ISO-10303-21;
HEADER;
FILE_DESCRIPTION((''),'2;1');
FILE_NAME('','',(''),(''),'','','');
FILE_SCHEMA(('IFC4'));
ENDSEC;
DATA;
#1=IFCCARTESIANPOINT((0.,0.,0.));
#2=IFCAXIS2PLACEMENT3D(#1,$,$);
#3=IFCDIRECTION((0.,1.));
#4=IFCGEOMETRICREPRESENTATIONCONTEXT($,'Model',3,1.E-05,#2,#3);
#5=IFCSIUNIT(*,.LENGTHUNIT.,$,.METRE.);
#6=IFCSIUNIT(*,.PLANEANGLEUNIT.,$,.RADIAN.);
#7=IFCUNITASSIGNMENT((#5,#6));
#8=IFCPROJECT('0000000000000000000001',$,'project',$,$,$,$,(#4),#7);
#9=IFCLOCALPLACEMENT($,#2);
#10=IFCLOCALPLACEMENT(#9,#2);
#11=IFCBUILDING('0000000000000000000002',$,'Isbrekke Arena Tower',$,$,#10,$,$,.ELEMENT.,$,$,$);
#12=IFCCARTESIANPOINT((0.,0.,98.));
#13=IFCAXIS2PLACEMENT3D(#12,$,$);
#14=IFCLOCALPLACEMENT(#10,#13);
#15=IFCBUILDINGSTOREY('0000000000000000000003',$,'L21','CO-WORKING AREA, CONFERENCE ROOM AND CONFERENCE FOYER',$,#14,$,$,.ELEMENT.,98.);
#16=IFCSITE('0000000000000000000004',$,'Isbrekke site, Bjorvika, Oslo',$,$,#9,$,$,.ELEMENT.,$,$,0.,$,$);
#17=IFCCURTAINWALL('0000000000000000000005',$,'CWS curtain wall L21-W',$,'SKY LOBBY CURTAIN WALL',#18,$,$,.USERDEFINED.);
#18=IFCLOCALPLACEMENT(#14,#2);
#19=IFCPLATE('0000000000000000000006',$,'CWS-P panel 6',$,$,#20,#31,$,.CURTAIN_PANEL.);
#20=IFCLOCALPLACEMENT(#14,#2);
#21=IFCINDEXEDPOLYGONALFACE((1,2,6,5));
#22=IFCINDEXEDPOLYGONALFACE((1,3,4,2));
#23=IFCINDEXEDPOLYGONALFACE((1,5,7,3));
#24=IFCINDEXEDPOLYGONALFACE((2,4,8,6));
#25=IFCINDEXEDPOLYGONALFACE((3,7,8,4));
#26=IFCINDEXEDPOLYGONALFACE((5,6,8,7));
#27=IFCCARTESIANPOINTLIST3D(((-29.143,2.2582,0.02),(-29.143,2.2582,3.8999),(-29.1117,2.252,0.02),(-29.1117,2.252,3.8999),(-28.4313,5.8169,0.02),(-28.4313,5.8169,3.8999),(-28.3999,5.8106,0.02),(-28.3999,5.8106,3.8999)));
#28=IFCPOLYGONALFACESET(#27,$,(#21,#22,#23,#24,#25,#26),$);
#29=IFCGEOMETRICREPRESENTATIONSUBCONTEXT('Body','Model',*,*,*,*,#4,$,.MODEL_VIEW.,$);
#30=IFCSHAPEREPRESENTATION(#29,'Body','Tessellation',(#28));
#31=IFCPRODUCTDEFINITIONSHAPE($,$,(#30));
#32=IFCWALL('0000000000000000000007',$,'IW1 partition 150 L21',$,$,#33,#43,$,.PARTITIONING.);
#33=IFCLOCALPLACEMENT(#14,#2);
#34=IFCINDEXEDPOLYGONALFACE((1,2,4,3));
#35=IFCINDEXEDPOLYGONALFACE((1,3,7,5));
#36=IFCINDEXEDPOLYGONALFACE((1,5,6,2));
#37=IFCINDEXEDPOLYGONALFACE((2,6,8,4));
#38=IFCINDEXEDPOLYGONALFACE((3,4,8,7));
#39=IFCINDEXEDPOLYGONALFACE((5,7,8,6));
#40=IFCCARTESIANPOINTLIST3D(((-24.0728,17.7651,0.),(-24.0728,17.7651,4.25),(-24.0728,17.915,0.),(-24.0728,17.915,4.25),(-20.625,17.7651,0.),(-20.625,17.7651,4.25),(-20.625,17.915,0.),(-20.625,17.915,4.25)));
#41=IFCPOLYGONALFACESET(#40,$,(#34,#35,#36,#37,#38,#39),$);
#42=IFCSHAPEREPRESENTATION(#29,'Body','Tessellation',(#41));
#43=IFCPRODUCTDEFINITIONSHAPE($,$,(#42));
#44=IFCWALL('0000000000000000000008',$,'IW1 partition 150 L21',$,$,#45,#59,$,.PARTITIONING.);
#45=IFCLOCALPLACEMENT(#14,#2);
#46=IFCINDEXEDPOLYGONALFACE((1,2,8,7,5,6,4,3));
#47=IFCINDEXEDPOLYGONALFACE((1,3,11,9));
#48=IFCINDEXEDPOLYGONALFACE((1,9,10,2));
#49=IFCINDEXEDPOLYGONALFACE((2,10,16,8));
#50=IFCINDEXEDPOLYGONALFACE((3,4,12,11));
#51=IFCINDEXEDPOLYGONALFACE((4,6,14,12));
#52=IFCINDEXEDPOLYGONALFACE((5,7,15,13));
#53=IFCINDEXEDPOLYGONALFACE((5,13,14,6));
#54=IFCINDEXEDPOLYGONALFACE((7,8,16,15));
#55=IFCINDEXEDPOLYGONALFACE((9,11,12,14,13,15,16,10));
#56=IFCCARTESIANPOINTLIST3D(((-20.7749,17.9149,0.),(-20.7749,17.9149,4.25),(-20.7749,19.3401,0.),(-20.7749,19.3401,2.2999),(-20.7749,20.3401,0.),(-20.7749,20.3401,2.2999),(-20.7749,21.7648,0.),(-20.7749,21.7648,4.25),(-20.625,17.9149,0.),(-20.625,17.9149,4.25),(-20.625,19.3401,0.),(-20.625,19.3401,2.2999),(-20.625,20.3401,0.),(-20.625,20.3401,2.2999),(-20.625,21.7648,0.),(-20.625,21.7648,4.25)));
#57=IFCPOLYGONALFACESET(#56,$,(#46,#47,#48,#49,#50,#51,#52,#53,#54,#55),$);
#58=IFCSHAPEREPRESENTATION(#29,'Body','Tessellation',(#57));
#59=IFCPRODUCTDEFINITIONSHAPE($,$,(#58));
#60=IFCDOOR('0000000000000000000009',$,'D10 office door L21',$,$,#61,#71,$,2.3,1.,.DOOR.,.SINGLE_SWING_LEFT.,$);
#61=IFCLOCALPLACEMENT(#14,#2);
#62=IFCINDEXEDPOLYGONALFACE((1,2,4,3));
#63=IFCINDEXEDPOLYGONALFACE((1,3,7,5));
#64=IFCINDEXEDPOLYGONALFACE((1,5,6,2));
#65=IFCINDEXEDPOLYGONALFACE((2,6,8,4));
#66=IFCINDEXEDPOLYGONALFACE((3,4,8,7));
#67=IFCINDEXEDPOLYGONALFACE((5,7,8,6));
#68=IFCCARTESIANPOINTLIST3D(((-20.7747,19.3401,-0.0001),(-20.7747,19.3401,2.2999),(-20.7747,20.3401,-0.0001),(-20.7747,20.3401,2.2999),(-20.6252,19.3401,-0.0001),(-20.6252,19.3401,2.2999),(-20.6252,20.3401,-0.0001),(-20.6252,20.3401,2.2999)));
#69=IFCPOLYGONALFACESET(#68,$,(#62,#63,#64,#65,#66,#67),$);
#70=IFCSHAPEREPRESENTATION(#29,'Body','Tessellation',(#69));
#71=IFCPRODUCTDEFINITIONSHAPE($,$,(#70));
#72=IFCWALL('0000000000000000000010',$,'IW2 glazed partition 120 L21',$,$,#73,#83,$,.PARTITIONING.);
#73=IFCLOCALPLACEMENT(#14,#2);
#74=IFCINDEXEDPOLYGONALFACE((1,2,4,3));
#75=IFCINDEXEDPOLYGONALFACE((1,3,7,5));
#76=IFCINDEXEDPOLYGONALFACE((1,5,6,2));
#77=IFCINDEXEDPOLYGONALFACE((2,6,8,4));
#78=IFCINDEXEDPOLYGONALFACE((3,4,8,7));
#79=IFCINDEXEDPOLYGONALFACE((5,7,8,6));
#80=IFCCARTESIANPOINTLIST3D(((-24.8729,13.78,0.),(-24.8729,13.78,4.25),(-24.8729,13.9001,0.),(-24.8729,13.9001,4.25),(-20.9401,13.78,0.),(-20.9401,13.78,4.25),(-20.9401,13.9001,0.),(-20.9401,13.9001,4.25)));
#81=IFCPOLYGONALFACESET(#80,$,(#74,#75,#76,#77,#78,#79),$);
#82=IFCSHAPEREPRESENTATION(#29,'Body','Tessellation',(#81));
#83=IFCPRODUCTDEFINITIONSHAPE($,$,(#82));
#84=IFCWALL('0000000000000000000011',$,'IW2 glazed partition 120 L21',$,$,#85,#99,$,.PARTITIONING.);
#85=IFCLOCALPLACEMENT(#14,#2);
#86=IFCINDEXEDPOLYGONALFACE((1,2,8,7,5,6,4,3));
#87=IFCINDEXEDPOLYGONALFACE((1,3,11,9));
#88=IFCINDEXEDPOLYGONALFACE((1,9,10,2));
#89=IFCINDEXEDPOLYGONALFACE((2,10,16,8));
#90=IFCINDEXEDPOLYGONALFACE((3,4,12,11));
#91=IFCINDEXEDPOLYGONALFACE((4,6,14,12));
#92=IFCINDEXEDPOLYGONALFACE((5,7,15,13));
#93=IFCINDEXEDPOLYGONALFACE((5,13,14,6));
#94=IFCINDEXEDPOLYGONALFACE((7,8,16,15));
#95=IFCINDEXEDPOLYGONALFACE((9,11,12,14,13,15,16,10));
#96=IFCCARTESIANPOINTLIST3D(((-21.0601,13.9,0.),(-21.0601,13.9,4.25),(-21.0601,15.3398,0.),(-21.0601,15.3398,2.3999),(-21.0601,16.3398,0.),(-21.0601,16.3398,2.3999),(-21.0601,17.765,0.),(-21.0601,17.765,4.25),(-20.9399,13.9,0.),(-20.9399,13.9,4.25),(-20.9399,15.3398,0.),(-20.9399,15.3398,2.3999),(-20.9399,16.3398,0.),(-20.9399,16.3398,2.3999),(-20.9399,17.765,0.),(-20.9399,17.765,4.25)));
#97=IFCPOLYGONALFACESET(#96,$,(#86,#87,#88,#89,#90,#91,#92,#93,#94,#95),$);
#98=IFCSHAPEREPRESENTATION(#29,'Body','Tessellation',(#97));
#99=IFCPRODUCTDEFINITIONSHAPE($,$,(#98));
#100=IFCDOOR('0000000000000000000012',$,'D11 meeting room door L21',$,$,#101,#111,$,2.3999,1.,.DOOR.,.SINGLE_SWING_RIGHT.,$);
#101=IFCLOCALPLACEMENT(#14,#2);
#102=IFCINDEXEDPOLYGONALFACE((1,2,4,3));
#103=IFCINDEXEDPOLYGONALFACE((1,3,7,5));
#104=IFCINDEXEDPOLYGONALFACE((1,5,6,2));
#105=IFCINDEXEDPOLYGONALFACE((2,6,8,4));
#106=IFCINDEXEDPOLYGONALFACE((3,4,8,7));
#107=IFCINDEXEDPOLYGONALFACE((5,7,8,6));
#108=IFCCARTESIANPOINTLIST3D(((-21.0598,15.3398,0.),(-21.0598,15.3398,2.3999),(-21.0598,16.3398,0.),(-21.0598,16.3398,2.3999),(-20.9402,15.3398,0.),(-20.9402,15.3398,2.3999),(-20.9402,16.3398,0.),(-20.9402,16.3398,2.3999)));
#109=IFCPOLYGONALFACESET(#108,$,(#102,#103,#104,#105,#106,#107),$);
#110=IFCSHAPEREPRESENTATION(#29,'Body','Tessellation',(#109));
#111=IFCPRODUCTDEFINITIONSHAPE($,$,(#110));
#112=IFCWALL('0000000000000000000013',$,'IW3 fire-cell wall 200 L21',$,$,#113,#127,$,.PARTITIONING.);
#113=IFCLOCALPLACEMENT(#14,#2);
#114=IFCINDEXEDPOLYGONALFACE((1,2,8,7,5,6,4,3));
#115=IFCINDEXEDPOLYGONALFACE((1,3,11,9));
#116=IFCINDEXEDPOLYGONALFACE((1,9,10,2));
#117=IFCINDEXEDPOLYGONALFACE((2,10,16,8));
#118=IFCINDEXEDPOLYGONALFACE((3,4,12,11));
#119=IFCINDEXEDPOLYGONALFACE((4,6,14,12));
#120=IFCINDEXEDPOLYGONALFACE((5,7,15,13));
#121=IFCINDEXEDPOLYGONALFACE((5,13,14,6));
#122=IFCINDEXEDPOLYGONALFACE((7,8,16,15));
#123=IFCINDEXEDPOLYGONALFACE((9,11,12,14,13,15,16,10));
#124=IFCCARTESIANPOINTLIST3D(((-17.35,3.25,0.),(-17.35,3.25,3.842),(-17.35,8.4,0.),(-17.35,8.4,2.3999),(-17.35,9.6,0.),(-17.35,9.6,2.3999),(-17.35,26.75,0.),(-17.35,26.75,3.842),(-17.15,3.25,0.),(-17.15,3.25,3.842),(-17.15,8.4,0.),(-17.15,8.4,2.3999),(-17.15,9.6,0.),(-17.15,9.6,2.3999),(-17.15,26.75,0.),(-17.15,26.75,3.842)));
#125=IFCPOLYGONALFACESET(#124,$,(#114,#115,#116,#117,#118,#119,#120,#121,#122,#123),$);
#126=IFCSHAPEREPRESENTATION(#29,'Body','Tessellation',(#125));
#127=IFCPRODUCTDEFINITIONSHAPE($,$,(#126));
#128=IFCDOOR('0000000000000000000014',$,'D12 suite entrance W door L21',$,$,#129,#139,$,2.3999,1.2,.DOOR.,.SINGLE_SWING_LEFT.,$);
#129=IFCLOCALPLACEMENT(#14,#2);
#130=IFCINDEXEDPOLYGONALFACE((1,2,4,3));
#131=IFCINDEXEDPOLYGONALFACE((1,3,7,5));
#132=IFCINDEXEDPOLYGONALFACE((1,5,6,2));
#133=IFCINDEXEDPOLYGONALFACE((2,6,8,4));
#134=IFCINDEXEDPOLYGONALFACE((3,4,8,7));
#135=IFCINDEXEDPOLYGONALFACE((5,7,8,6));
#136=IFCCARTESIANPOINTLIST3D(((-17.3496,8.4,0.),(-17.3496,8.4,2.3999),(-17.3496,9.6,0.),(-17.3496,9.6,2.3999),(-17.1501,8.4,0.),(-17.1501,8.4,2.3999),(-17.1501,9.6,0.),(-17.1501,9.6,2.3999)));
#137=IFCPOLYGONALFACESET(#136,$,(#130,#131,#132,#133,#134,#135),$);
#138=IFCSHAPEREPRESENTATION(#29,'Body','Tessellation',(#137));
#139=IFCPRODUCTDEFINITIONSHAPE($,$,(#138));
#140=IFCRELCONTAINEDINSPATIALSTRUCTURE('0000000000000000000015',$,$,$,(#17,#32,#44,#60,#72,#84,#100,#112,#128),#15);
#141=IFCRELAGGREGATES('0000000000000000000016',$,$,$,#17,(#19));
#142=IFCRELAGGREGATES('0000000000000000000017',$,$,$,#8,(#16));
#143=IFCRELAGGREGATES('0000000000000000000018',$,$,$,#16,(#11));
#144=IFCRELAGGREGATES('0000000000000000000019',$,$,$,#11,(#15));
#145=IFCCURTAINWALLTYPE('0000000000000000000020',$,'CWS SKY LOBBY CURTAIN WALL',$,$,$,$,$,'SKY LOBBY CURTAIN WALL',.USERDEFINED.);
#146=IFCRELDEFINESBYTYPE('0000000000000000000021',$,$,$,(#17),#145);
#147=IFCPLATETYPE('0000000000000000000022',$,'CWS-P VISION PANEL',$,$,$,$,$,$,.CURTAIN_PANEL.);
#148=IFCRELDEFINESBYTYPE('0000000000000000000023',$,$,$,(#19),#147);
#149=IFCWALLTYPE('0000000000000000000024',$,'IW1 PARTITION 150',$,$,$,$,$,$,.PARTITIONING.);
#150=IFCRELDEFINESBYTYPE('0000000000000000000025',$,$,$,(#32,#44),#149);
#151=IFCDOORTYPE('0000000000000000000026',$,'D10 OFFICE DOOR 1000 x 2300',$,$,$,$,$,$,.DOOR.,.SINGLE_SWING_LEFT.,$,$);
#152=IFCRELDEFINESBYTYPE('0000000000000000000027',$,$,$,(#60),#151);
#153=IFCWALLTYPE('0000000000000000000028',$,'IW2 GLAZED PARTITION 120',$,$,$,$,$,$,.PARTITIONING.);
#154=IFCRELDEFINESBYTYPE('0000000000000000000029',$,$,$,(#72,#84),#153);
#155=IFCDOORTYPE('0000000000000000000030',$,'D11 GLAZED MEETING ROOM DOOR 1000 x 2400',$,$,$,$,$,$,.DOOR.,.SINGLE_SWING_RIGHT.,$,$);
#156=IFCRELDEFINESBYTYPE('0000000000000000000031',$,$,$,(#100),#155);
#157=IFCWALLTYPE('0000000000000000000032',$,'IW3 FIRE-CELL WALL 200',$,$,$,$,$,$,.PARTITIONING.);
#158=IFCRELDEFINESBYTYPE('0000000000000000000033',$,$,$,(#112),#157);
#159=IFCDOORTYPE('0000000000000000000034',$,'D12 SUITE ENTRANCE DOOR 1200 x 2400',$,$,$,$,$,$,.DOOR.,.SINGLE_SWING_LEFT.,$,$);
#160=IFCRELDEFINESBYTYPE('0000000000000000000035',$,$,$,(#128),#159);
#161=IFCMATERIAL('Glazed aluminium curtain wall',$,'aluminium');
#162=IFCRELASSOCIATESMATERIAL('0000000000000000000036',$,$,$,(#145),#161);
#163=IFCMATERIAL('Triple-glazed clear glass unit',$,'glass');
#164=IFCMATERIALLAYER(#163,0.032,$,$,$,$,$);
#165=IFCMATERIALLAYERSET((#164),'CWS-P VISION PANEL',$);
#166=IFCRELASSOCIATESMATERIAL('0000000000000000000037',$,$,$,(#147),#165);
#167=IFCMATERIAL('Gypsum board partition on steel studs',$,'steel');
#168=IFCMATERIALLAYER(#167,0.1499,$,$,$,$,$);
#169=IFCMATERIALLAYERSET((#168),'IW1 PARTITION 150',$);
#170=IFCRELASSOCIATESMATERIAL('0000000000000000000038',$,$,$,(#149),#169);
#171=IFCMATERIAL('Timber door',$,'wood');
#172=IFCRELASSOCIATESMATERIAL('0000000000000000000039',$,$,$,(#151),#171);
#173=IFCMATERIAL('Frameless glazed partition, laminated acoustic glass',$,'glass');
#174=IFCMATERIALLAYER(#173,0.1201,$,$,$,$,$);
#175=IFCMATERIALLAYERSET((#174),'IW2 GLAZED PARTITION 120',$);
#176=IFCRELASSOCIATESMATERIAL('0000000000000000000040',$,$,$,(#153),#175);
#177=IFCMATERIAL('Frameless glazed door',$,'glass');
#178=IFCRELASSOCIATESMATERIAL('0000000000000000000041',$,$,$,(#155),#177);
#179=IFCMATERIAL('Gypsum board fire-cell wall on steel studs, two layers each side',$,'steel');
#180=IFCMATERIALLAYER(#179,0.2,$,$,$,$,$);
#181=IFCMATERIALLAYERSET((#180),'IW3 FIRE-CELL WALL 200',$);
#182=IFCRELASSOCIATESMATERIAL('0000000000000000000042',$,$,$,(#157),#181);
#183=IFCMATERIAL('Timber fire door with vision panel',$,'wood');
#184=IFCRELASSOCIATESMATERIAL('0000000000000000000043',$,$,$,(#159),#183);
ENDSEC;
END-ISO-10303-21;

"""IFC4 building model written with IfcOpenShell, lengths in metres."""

from ifc_helpers import new_model, si_unit, direction, frame, frame_2d, origin, origin_2d, place, context, subcontext, project, spatial, rectangle, extrude, material, layer, layer_set, type_object, element, fill, aggregate, save


model = new_model("IFC4")

# Units and contexts
model_context = context("Model", 3, precision=1e-05, world=origin(), true_north=direction((0.0, 1.0)))
body_context = subcontext(model_context, "Body", "Model", "MODEL_VIEW")
ifc_project = project(units=[si_unit("LENGTHUNIT", "METRE"), si_unit("PLANEANGLEUNIT", "RADIAN")], contexts=[model_context])

# Site, building, storey
site_placement = place(None, origin())
site = spatial("IfcSite", under=ifc_project, at=site_placement, Name="Isbrekke site, Bjorvika, Oslo", CompositionType="ELEMENT", RefElevation=0.0)
building_placement = place(site_placement, origin())
building = spatial("IfcBuilding", under=site, at=building_placement, Name="Isbrekke Arena Tower", CompositionType="ELEMENT")
storey_placement = place(building_placement, frame((0.0, 0.0, 98.0)))
storey = spatial("IfcBuildingStorey", under=building, at=storey_placement, Name="L21", Description="CO-WORKING AREA, CONFERENCE ROOM AND CONFERENCE FOYER", CompositionType="ELEMENT", Elevation=98.0)

# Curtain wall
ifc_material_1 = material(Name="Glazed aluminium curtain wall", Category="aluminium")
curtain_wall_type = type_object("IfcCurtainWallType", Name="CWS SKY LOBBY CURTAIN WALL", ElementType="SKY LOBBY CURTAIN WALL", PredefinedType="USERDEFINED", material=ifc_material_1)
curtain_wall_placement = place(storey_placement, origin())
curtain_wall = element("IfcCurtainWall", 1, at=curtain_wall_placement, inside=storey, type_object=curtain_wall_type, Name="CWS curtain wall L21-W", ObjectType="SKY LOBBY CURTAIN WALL", PredefinedType="USERDEFINED")

# Plate
ifc_material_2 = material(Name="Triple-glazed clear glass unit", Category="glass")
ifc_layer_1 = layer(ifc_material_2, 0.032)
ifc_layer_set_1 = layer_set([ifc_layer_1], Name="CWS-P VISION PANEL")
plate_type = type_object("IfcPlateType", Name="CWS-P VISION PANEL", PredefinedType="CURTAIN_PANEL", material=ifc_layer_set_1)
plate_1_placement = place(storey_placement, frame((-28.7715, 4.0344, 0.02), z_axis=(0.0, 0.0, 1.0), x_axis=(-0.196116, -0.980581, 0.0)))
plate_1 = element("IfcPlate", 2, at=plate_1_placement, type_object=plate_type, Name="CWS-P panel 6", PredefinedType="CURTAIN_PANEL", context=body_context, shape_type="SweptSolid", body=[
    extrude(rectangle(XDim=3.6292, YDim=0.032, at=origin_2d()), origin(), (0.0, 0.0, 1.0), 3.8799),
])
aggregate(curtain_wall, [plate_1])

# Wall
ifc_material_3 = material(Name="Gypsum board partition on steel studs", Category="steel")
ifc_layer_2 = layer(ifc_material_3, 0.1499)
ifc_layer_set_2 = layer_set([ifc_layer_2], Name="IW1 PARTITION 150")
wall_type_1 = type_object("IfcWallType", Name="IW1 PARTITION 150", PredefinedType="PARTITIONING", material=ifc_layer_set_2)
wall_1_placement = place(storey_placement, frame((-24.0728, 17.8401, 0.0), z_axis=(0.0, 0.0, 1.0), x_axis=(1.0, 0.0, 0.0)))
element("IfcWall", 3, at=wall_1_placement, inside=storey, type_object=wall_type_1, Name="IW1 partition 150 L21", PredefinedType="PARTITIONING", context=body_context, shape_type="SweptSolid", body=[
    extrude(rectangle(XDim=3.4478, YDim=0.1499, at=frame_2d((1.7239, 0.0))), origin(), (0.0, 0.0, 1.0), 4.25),
])

# Wall, opening, door
wall_2_placement = place(storey_placement, frame((-20.7, 17.915, 0.0), z_axis=(0.0, 0.0, 1.0), x_axis=(0.0, 1.0, 0.0)))
wall_2 = element("IfcWall", 4, at=wall_2_placement, inside=storey, type_object=wall_type_1, Name="IW1 partition 150 L21", PredefinedType="PARTITIONING", context=body_context, shape_type="SweptSolid", body=[
    extrude(rectangle(XDim=3.8499, YDim=0.1499, at=frame_2d((1.9248, 0.0))), origin(), (0.0, 0.0, 1.0), 4.25),
])
opening_1_placement = place(wall_2_placement, frame((1.425, 0.0, 0.0)))
opening_1 = element("IfcOpeningElement", 5, at=opening_1_placement, cuts=wall_2, PredefinedType="OPENING", context=body_context, shape_type="SweptSolid", body=[
    extrude(rectangle(XDim=1.0, YDim=2.3, at=frame_2d((0.5, 1.1499))), frame((0.0, 0.0898, 0.0), z_axis=(0.0, -1.0, 0.0), x_axis=(1.0, 0.0, 0.0)), (0.0, 0.0, 1.0), 0.1797),
])
ifc_material_4 = material(Name="Timber door", Category="wood")
door_type_1 = type_object("IfcDoorType", Name="D10 OFFICE DOOR 1000 x 2300", OperationType="SINGLE_SWING_LEFT", PredefinedType="DOOR", material=ifc_material_4)
door_1_placement = place(opening_1_placement, origin())
door_1 = element("IfcDoor", 6, at=door_1_placement, inside=storey, type_object=door_type_1, Name="D10 office door L21", OperationType="SINGLE_SWING_LEFT", OverallHeight=2.3, OverallWidth=1.0, PredefinedType="DOOR", context=body_context, shape_type="SweptSolid", body=[
    extrude(rectangle(XDim=1.0, YDim=2.3, at=frame_2d((0.5, 1.1499))), frame((0.0, 0.0747, 0.0), z_axis=(0.0, -1.0, 0.0), x_axis=(1.0, 0.0, 0.0)), (0.0, 0.0, 1.0), 0.1494),
])
fill(opening_1, door_1)

# Wall
ifc_material_5 = material(Name="Frameless glazed partition, laminated acoustic glass", Category="glass")
ifc_layer_3 = layer(ifc_material_5, 0.1201)
ifc_layer_set_3 = layer_set([ifc_layer_3], Name="IW2 GLAZED PARTITION 120")
wall_type_2 = type_object("IfcWallType", Name="IW2 GLAZED PARTITION 120", PredefinedType="PARTITIONING", material=ifc_layer_set_3)
wall_3_placement = place(storey_placement, frame((-24.8728, 13.8401, 0.0), z_axis=(0.0, 0.0, 1.0), x_axis=(1.0, 0.0, 0.0)))
element("IfcWall", 7, at=wall_3_placement, inside=storey, type_object=wall_type_2, Name="IW2 glazed partition 120 L21", PredefinedType="PARTITIONING", context=body_context, shape_type="SweptSolid", body=[
    extrude(rectangle(XDim=3.9329, YDim=0.1201, at=frame_2d((1.9663, 0.0))), origin(), (0.0, 0.0, 1.0), 4.25),
])

# Walls, openings, doors
wall_4_placement = place(storey_placement, frame((-21.0, 13.8999, 0.0), z_axis=(0.0, 0.0, 1.0), x_axis=(0.0, 1.0, 0.0)))
wall_4 = element("IfcWall", 8, at=wall_4_placement, inside=storey, type_object=wall_type_2, Name="IW2 glazed partition 120 L21", PredefinedType="PARTITIONING", context=body_context, shape_type="SweptSolid", body=[
    extrude(rectangle(XDim=3.865, YDim=0.1201, at=frame_2d((1.9326, 0.0))), origin(), (0.0, 0.0, 1.0), 4.25),
])
opening_2_placement = place(wall_4_placement, frame((1.4399, 0.0, 0.0)))
opening_2 = element("IfcOpeningElement", 9, at=opening_2_placement, cuts=wall_4, PredefinedType="OPENING", context=body_context, shape_type="SweptSolid", body=[
    extrude(rectangle(XDim=1.0, YDim=2.3999, at=frame_2d((0.5, 1.2))), frame((0.0, 0.075, 0.0), z_axis=(0.0, -1.0, 0.0), x_axis=(1.0, 0.0, 0.0)), (0.0, 0.0, 1.0), 0.1499),
])
ifc_material_6 = material(Name="Frameless glazed door", Category="glass")
door_type_2 = type_object("IfcDoorType", Name="D11 GLAZED MEETING ROOM DOOR 1000 x 2400", OperationType="SINGLE_SWING_RIGHT", PredefinedType="DOOR", material=ifc_material_6)
door_2_placement = place(opening_2_placement, origin())
door_2 = element("IfcDoor", 10, at=door_2_placement, inside=storey, type_object=door_type_2, Name="D11 meeting room door L21", OperationType="SINGLE_SWING_RIGHT", OverallHeight=2.3999, OverallWidth=1.0, PredefinedType="DOOR", context=body_context, shape_type="SweptSolid", body=[
    extrude(rectangle(XDim=1.0, YDim=2.3999, at=frame_2d((0.5, 1.2))), frame((0.0, 0.0598, 0.0), z_axis=(0.0, -1.0, 0.0), x_axis=(1.0, 0.0, 0.0)), (0.0, 0.0, 1.0), 0.1196),
])
fill(opening_2, door_2)
ifc_material_7 = material(Name="Gypsum board fire-cell wall on steel studs, two layers each side", Category="steel")
ifc_layer_4 = layer(ifc_material_7, 0.2)
ifc_layer_set_4 = layer_set([ifc_layer_4], Name="IW3 FIRE-CELL WALL 200")
wall_type_3 = type_object("IfcWallType", Name="IW3 FIRE-CELL WALL 200", PredefinedType="PARTITIONING", material=ifc_layer_set_4)
wall_5_placement = place(storey_placement, frame((-17.25, 3.25, 0.0), z_axis=(0.0, 0.0, 1.0), x_axis=(0.0, 1.0, 0.0)))
wall_5 = element("IfcWall", 11, at=wall_5_placement, inside=storey, type_object=wall_type_3, Name="IW3 fire-cell wall 200 L21", PredefinedType="PARTITIONING", context=body_context, shape_type="SweptSolid", body=[
    extrude(rectangle(XDim=23.5, YDim=0.2, at=frame_2d((11.75, 0.0))), origin(), (0.0, 0.0, 1.0), 3.842),
])
opening_3_placement = place(wall_5_placement, frame((5.1499, 0.0, 0.0)))
opening_3 = element("IfcOpeningElement", 12, at=opening_3_placement, cuts=wall_5, PredefinedType="OPENING", context=body_context, shape_type="SweptSolid", body=[
    extrude(rectangle(XDim=1.2, YDim=2.3999, at=frame_2d((0.6001, 1.2))), frame((0.0, 0.1147, 0.0), z_axis=(0.0, -1.0, 0.0), x_axis=(1.0, 0.0, 0.0)), (0.0, 0.0, 1.0), 0.2297),
])
ifc_material_8 = material(Name="Timber fire door with vision panel", Category="wood")
door_type_3 = type_object("IfcDoorType", Name="D12 SUITE ENTRANCE DOOR 1200 x 2400", OperationType="SINGLE_SWING_LEFT", PredefinedType="DOOR", material=ifc_material_8)
door_3_placement = place(opening_3_placement, origin())
door_3 = element("IfcDoor", 13, at=door_3_placement, inside=storey, type_object=door_type_3, Name="D12 suite entrance W door L21", OperationType="SINGLE_SWING_LEFT", OverallHeight=2.3999, OverallWidth=1.2, PredefinedType="DOOR", context=body_context, shape_type="SweptSolid", body=[
    extrude(rectangle(XDim=1.2, YDim=2.3999, at=frame_2d((0.6001, 1.2))), frame((0.0, 0.0996, 0.0), z_axis=(0.0, -1.0, 0.0), x_axis=(1.0, 0.0, 0.0)), (0.0, 0.0, 1.0), 0.1995),
])
fill(opening_3, door_3)

save(model, "model.ifc")
